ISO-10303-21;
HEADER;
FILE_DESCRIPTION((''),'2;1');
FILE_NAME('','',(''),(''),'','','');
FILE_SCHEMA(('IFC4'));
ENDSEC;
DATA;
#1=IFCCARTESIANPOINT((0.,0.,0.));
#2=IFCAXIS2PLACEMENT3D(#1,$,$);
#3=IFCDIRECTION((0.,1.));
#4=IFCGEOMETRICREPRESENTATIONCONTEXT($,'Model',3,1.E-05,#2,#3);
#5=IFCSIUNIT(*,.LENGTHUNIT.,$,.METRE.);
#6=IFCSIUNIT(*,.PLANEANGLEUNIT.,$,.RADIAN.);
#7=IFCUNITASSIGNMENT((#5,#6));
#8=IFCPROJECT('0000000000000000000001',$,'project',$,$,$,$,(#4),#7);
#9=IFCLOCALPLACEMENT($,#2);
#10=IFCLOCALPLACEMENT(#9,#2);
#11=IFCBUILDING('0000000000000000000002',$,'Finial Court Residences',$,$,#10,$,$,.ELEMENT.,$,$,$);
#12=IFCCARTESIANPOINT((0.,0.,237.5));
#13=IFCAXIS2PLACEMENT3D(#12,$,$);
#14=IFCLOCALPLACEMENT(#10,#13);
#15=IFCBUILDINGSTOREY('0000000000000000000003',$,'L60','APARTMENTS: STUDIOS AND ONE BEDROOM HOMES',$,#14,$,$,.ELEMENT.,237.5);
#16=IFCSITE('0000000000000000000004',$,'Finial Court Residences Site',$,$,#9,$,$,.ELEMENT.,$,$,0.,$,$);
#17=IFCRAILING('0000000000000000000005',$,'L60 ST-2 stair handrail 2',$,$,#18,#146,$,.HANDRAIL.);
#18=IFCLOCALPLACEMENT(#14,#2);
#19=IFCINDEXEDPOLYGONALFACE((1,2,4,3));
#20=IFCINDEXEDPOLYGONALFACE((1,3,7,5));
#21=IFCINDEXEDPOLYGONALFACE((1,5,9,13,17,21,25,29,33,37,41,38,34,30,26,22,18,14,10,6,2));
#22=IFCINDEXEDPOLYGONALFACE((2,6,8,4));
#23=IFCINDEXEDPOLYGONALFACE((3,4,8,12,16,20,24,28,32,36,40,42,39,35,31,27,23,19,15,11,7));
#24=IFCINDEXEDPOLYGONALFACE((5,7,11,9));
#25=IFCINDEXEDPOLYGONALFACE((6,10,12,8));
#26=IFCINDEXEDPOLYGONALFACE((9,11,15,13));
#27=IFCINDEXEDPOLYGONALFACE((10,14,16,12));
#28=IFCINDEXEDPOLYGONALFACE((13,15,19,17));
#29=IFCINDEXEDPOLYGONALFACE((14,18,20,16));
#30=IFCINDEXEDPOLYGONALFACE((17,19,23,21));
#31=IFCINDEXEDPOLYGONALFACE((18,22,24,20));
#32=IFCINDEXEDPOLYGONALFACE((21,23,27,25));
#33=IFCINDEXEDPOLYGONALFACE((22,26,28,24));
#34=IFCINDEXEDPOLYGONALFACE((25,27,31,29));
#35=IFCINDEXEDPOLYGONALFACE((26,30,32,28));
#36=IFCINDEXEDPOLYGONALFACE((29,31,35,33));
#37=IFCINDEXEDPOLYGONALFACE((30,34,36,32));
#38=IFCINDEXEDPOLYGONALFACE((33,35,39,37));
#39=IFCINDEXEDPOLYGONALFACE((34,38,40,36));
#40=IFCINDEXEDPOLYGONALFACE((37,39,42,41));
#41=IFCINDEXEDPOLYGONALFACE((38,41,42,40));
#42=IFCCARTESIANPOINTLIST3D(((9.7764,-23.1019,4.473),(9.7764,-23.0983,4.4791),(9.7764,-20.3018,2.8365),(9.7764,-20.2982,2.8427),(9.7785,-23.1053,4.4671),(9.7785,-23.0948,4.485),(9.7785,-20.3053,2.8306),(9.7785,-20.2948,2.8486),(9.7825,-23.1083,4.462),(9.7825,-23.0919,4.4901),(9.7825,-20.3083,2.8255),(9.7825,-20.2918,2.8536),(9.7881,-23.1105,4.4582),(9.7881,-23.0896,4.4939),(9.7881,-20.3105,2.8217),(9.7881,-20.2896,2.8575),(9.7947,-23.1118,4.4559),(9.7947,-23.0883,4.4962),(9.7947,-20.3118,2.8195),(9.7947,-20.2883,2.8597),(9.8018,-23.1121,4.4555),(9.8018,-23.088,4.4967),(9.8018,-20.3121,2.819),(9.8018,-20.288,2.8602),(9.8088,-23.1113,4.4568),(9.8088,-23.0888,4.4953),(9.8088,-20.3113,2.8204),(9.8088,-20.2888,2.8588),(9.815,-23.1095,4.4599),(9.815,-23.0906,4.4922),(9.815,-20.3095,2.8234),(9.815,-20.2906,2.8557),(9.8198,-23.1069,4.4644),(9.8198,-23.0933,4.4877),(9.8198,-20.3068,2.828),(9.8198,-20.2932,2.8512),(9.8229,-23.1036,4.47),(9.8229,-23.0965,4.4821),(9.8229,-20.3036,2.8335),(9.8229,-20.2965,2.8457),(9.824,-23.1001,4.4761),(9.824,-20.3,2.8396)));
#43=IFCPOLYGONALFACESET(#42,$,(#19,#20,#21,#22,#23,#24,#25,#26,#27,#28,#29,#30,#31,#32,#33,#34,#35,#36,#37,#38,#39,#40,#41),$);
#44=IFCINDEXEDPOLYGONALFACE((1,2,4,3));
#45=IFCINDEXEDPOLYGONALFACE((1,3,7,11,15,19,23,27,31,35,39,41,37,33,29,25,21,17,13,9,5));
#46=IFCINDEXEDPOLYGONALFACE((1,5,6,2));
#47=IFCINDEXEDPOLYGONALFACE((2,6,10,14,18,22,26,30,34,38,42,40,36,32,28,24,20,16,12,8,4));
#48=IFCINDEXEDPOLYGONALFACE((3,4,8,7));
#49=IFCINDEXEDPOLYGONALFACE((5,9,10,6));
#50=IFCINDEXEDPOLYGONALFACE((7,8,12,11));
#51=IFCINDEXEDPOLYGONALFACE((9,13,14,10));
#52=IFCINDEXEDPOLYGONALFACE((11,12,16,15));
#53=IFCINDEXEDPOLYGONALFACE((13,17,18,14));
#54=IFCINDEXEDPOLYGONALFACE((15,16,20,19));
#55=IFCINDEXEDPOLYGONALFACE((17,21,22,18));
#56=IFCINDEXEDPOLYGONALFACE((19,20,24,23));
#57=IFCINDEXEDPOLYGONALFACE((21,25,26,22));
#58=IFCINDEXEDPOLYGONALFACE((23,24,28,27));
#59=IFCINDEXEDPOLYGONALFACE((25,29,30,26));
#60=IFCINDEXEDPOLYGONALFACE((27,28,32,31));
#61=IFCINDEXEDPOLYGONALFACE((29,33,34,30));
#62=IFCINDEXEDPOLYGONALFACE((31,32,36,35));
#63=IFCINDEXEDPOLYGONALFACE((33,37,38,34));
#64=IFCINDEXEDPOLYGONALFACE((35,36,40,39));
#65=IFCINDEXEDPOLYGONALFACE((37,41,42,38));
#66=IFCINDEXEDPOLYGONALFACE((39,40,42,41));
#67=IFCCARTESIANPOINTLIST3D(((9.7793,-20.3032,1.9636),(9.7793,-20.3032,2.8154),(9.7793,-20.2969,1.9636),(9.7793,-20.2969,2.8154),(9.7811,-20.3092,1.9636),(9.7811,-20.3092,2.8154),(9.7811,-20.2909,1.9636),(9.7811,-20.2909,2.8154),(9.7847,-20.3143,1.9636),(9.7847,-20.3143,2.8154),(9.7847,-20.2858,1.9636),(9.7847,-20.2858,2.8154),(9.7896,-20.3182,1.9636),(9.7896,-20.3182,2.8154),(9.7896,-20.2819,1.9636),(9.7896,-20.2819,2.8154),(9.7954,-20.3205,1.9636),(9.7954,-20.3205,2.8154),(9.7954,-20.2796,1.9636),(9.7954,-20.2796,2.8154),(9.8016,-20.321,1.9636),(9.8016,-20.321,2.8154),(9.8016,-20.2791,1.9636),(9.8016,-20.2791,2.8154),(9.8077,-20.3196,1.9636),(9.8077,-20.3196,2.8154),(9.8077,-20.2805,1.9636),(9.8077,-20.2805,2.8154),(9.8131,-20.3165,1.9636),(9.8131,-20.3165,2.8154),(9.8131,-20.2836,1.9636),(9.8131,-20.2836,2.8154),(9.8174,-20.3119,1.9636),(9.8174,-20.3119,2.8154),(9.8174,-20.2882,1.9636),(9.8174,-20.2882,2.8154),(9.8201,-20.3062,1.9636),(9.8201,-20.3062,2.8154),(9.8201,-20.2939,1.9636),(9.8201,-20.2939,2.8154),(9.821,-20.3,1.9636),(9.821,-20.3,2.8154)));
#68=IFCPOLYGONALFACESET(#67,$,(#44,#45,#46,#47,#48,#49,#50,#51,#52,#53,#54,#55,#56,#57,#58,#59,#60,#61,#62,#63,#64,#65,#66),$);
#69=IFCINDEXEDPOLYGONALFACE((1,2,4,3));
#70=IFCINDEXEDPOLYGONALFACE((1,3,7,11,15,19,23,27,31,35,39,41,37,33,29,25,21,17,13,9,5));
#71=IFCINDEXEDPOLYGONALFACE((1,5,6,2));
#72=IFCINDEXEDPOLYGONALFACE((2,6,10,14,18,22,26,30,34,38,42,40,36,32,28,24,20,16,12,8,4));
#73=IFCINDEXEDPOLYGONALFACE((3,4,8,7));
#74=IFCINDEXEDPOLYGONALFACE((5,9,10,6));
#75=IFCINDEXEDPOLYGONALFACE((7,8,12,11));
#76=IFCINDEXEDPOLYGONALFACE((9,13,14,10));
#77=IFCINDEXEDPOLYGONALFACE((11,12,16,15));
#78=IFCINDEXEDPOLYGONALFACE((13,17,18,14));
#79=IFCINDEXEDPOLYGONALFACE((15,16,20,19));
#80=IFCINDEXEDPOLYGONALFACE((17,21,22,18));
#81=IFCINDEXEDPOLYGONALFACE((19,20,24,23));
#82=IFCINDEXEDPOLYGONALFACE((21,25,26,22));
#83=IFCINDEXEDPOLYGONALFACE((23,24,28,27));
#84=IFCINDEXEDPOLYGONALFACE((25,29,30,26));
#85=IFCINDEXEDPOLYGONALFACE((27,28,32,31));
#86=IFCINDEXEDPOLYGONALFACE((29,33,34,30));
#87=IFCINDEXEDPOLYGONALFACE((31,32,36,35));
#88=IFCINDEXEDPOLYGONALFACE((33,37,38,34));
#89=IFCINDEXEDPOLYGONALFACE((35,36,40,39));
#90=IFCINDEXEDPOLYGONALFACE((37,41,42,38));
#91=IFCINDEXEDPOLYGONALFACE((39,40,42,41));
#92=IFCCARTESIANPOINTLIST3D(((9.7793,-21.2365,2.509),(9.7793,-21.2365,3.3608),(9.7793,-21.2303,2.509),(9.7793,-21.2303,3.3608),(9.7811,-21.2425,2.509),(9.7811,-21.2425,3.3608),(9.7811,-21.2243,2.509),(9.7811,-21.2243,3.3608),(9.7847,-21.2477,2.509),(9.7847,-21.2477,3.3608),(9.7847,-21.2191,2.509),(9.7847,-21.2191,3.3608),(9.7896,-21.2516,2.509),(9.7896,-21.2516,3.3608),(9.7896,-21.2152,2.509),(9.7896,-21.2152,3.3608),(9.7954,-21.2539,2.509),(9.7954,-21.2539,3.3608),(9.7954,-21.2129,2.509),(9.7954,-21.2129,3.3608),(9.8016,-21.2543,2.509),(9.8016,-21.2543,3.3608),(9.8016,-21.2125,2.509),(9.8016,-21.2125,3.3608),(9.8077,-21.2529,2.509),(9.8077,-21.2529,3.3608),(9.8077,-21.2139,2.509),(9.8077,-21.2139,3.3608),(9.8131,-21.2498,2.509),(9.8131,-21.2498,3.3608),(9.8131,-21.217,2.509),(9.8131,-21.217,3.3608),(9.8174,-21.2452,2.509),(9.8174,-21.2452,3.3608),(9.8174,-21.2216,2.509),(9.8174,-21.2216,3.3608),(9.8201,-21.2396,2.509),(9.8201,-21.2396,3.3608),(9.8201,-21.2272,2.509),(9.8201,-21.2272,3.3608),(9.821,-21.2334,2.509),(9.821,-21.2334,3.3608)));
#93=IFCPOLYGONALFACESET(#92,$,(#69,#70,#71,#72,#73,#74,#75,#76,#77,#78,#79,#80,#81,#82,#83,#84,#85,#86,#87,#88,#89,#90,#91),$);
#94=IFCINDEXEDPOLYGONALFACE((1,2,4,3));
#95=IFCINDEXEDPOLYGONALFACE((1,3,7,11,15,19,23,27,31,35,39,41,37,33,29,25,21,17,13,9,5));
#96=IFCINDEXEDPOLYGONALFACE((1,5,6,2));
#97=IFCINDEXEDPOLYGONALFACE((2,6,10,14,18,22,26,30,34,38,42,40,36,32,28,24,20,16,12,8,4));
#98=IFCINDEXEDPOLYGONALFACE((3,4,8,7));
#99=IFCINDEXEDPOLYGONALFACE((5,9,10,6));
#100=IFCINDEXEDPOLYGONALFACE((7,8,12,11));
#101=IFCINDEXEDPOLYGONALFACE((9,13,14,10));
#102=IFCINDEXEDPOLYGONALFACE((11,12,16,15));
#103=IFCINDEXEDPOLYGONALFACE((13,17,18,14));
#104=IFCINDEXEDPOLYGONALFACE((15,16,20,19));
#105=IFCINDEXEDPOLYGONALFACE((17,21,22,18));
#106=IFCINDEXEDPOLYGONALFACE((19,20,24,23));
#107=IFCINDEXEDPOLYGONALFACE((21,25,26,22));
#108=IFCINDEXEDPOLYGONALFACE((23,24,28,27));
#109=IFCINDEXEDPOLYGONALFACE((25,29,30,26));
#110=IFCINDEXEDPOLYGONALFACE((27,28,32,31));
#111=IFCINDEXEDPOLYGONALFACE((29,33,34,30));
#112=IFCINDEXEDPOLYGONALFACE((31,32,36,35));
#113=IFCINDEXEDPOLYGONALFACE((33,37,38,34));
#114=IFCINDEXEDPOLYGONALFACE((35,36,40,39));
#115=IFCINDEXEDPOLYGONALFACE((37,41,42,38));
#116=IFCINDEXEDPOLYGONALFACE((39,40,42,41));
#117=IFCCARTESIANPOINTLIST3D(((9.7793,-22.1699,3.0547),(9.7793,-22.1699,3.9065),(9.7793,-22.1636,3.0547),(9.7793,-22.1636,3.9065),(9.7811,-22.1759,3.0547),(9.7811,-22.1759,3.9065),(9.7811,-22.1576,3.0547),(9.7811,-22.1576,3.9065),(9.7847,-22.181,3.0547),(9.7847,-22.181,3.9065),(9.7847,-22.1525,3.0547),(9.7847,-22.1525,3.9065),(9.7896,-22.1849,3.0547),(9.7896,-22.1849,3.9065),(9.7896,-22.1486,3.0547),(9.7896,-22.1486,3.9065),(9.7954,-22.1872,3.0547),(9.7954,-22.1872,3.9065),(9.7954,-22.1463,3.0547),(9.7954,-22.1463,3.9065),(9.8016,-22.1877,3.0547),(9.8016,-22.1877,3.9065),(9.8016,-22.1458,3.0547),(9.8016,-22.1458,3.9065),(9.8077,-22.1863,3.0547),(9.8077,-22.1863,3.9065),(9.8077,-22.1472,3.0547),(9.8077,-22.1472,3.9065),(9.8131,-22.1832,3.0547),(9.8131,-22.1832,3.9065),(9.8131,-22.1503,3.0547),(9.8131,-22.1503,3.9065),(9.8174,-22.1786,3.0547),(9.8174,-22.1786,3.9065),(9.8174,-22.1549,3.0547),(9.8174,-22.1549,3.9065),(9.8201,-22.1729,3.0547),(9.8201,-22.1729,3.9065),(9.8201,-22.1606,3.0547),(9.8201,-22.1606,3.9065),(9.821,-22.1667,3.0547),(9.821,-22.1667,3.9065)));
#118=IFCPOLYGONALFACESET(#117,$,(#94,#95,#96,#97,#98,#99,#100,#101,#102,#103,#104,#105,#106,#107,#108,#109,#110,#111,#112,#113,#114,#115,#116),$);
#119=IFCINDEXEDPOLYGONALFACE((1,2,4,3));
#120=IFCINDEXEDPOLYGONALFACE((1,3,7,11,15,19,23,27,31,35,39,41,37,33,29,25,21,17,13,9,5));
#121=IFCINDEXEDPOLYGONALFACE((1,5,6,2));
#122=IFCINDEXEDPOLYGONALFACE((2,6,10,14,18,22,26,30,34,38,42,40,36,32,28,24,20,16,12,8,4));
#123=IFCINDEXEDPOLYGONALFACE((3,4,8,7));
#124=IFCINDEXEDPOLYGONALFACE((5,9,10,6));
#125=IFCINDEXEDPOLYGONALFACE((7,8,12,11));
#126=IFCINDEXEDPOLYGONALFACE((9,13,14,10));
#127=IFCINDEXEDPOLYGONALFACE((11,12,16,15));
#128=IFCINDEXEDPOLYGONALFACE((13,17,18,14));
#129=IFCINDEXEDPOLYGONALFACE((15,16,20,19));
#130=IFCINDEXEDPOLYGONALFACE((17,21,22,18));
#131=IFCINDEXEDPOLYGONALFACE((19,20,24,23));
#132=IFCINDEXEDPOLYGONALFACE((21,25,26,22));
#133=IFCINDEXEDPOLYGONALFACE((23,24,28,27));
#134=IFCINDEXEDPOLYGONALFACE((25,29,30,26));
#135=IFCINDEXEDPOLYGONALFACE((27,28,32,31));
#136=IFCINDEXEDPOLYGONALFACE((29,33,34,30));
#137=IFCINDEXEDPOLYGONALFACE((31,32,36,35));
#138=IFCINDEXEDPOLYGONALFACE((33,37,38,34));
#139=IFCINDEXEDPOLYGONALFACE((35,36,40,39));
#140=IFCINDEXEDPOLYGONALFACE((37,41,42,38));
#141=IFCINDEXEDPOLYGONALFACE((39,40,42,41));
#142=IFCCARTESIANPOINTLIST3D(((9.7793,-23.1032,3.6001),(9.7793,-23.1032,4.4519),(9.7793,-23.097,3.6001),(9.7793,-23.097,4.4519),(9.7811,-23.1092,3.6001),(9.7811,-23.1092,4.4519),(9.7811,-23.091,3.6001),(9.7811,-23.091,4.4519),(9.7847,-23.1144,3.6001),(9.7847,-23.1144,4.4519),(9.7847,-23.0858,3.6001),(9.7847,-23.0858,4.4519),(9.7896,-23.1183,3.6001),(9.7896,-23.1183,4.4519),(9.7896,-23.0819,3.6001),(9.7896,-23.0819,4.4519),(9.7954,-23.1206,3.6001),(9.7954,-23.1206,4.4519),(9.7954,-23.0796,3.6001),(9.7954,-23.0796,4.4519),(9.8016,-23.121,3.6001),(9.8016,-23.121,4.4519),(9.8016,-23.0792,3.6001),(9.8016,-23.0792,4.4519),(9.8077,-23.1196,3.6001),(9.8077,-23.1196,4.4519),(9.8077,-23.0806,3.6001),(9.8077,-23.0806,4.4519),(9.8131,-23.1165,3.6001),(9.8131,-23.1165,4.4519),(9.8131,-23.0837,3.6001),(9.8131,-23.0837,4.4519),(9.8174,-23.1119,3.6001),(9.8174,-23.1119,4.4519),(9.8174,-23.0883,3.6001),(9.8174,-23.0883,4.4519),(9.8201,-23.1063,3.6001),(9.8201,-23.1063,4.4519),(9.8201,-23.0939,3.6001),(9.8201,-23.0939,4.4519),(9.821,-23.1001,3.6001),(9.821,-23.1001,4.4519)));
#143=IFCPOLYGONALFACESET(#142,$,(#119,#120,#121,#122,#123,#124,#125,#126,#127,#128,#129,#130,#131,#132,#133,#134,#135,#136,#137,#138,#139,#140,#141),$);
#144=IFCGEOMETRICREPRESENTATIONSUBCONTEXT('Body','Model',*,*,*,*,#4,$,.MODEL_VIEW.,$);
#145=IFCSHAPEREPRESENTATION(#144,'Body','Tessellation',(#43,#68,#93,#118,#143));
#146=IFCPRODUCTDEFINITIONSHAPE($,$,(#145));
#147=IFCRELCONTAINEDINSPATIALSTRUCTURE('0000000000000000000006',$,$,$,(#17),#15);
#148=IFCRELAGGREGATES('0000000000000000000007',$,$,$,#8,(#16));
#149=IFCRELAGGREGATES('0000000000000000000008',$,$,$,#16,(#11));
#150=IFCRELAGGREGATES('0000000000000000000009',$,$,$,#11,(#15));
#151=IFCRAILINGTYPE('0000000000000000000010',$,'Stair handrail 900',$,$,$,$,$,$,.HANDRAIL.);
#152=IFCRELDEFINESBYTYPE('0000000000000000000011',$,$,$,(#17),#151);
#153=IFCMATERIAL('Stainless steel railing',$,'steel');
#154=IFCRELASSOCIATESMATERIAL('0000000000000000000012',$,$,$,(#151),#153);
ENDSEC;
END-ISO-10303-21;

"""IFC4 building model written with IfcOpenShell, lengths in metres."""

from ifc_helpers import new_model, si_unit, direction, frame, origin, origin_2d, place, context, subcontext, project, spatial, circle, extrude, material, type_object, element, save


model = new_model("IFC4")

# Units and contexts
model_context = context("Model", 3, precision=1e-05, world=origin(), true_north=direction((0.0, 1.0)))
body_context = subcontext(model_context, "Body", "Model", "MODEL_VIEW")
ifc_project = project(units=[si_unit("LENGTHUNIT", "METRE"), si_unit("PLANEANGLEUNIT", "RADIAN")], contexts=[model_context])

# Site, building, storey
site_placement = place(None, origin())
site = spatial("IfcSite", under=ifc_project, at=site_placement, Name="Finial Court Residences Site", CompositionType="ELEMENT", RefElevation=0.0)
building_placement = place(site_placement, origin())
building = spatial("IfcBuilding", under=site, at=building_placement, Name="Finial Court Residences", CompositionType="ELEMENT")
storey_placement = place(building_placement, frame((0.0, 0.0, 237.5)))
storey = spatial("IfcBuildingStorey", under=building, at=storey_placement, Name="L60", Description="APARTMENTS: STUDIOS AND ONE BEDROOM HOMES", CompositionType="ELEMENT", Elevation=237.5)

# Railing
ifc_material_1 = material(Name="Stainless steel railing", Category="steel")
railing_type_1 = type_object("IfcRailingType", Name="Stair handrail 900", PredefinedType="HANDRAIL", material=ifc_material_1)
railing_1_placement = place(storey_placement, frame((9.8, -20.3, 1.9636)))
element("IfcRailing", 1, at=railing_1_placement, inside=storey, type_object=railing_type_1, Name="L60 ST-2 stair handrail 2", PredefinedType="HANDRAIL", context=body_context, shape_type="SweptSolid", body=[
    extrude(circle(Radius=0.0239, at=origin_2d()), frame((0.0, 0.0, 0.876), z_axis=(0.0, -0.863361, 0.504587), x_axis=(1.0, 0.0, 0.0)), (0.0, 0.0, 1.0), 3.2432),
    extrude(circle(Radius=0.021, at=origin_2d()), origin(), (0.0, 0.0, 1.0), 0.8518),
    extrude(circle(Radius=0.021, at=origin_2d()), frame((0.0, -0.9333, 0.5454)), (0.0, 0.0, 1.0), 0.8518),
    extrude(circle(Radius=0.021, at=origin_2d()), frame((0.0, -1.8667, 1.0911)), (0.0, 0.0, 1.0), 0.8518),
    extrude(circle(Radius=0.021, at=origin_2d()), frame((0.0, -2.8, 1.6365)), (0.0, 0.0, 1.0), 0.8518),
])

save(model, "model.ifc")
